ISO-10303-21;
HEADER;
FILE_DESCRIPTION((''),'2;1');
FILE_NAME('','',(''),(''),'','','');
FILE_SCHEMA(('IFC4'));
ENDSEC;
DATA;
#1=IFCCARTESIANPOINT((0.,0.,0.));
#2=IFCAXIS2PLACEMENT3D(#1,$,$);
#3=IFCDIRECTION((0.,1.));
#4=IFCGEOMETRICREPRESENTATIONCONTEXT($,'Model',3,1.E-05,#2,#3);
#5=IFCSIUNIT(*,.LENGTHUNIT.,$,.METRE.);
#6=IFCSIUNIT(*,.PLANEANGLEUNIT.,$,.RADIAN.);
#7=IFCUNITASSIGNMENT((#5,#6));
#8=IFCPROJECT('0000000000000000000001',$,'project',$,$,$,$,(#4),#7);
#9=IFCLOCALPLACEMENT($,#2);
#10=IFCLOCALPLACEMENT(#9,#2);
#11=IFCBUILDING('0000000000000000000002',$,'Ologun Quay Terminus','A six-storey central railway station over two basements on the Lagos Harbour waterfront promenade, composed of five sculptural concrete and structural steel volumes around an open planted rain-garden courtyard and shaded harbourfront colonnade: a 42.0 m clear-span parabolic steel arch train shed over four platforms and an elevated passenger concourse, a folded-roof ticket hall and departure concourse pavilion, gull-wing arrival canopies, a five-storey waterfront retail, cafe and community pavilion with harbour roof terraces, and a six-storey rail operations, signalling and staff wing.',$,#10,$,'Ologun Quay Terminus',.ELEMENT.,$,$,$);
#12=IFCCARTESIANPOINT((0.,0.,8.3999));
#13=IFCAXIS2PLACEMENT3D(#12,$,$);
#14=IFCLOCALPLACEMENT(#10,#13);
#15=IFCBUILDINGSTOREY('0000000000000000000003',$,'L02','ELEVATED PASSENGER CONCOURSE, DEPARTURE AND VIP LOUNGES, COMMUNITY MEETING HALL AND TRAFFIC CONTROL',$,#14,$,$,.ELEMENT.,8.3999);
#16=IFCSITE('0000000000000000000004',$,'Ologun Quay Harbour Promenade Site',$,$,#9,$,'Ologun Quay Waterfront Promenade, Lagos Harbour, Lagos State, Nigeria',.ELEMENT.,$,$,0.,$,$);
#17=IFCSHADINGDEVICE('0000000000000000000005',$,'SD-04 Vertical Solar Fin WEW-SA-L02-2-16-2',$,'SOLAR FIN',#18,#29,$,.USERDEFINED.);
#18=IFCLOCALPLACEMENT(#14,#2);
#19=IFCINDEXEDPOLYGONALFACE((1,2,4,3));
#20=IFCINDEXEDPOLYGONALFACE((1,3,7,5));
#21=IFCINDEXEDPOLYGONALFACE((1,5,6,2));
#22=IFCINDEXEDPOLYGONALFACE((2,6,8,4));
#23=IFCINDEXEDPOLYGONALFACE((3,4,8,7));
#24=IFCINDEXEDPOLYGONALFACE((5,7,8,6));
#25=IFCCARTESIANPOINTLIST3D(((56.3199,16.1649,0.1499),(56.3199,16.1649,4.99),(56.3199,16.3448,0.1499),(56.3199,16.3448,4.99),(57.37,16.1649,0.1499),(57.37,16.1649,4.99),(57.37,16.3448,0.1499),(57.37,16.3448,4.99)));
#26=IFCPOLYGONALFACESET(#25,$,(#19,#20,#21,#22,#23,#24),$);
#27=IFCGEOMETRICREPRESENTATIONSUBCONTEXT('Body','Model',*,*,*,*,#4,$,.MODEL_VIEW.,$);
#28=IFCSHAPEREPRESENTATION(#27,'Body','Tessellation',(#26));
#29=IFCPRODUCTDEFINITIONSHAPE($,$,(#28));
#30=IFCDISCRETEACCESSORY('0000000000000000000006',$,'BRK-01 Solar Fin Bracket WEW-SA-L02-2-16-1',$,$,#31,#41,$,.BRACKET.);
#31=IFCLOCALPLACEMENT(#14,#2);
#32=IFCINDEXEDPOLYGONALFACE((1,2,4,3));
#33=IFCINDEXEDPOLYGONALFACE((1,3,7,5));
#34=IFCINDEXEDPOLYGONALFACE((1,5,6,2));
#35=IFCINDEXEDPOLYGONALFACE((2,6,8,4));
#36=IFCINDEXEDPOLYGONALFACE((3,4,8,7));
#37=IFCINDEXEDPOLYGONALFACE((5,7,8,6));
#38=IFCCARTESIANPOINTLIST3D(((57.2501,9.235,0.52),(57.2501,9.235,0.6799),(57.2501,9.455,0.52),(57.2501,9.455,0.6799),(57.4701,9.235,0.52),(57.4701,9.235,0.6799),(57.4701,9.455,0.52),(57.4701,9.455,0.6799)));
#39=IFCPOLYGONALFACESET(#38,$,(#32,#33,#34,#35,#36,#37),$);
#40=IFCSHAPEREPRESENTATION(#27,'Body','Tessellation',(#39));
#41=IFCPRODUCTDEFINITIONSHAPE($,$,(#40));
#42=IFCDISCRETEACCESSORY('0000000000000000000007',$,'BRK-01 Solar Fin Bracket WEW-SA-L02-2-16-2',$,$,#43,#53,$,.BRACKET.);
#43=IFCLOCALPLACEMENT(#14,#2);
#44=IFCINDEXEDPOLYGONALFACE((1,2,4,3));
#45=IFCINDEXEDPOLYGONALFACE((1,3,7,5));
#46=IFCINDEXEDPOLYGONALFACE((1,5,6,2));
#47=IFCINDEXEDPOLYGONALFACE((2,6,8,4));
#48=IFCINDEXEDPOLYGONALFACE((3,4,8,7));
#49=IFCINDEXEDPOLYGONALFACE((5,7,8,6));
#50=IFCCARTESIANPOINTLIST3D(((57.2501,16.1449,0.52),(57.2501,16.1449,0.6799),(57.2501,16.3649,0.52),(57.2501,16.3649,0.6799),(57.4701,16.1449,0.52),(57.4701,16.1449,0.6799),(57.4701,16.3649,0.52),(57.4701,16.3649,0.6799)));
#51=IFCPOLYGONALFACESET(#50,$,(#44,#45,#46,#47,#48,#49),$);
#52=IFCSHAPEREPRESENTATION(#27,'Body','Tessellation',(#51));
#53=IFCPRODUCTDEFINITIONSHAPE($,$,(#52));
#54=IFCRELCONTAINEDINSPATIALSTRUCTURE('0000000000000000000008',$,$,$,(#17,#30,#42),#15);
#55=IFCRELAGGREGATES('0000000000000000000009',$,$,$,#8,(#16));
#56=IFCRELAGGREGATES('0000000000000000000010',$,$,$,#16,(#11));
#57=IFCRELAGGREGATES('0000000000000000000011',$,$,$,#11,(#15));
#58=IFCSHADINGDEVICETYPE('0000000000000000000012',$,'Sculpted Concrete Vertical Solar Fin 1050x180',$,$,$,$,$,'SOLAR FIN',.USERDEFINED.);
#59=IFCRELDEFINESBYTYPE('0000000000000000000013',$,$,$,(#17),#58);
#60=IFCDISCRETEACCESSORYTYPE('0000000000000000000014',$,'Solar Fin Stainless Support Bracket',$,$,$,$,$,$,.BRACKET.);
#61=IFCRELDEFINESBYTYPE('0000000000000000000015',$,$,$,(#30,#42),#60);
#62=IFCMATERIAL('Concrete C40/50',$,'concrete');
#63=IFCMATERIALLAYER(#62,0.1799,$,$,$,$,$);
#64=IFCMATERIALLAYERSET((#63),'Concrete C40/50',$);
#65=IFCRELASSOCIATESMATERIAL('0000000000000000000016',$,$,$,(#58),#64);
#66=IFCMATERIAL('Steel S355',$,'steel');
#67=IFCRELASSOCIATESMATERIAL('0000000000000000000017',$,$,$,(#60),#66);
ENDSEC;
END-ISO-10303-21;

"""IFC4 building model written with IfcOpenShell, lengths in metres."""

from ifc_helpers import new_model, si_unit, direction, frame, origin, origin_2d, place, context, subcontext, project, spatial, rectangle, extrude, material, layer, layer_set, type_object, element, save


model = new_model("IFC4")

# Units and contexts
model_context = context("Model", 3, precision=1e-05, world=origin(), true_north=direction((0.0, 1.0)))
body_context = subcontext(model_context, "Body", "Model", "MODEL_VIEW")
ifc_project = project(units=[si_unit("LENGTHUNIT", "METRE"), si_unit("PLANEANGLEUNIT", "RADIAN")], contexts=[model_context])

# Site, building, storey
site_placement = place(None, origin())
site = spatial("IfcSite", under=ifc_project, at=site_placement, Name="Ologun Quay Harbour Promenade Site", LongName="Ologun Quay Waterfront Promenade, Lagos Harbour, Lagos State, Nigeria", CompositionType="ELEMENT", RefElevation=0.0)
building_placement = place(site_placement, origin())
building = spatial("IfcBuilding", under=site, at=building_placement, Name="Ologun Quay Terminus", Description="A six-storey central railway station over two basements on the Lagos Harbour waterfront promenade, composed of five sculptural concrete and structural steel volumes around an open planted rain-garden courtyard and shaded harbourfront colonnade: a 42.0 m clear-span parabolic steel arch train shed over four platforms and an elevated passenger concourse, a folded-roof ticket hall and departure concourse pavilion, gull-wing arrival canopies, a five-storey waterfront retail, cafe and community pavilion with harbour roof terraces, and a six-storey rail operations, signalling and staff wing.", LongName="Ologun Quay Terminus", CompositionType="ELEMENT")
storey_placement = place(building_placement, frame((0.0, 0.0, 8.3999)))
storey = spatial("IfcBuildingStorey", under=building, at=storey_placement, Name="L02", Description="ELEVATED PASSENGER CONCOURSE, DEPARTURE AND VIP LOUNGES, COMMUNITY MEETING HALL AND TRAFFIC CONTROL", CompositionType="ELEMENT", Elevation=8.3999)

# Shading device
ifc_material_1 = material(Name="Concrete C40/50", Category="concrete")
ifc_layer_1 = layer(ifc_material_1, 0.1799)
ifc_layer_set_1 = layer_set([ifc_layer_1], Name="Concrete C40/50")
shading_device_type = type_object("IfcShadingDeviceType", Name="Sculpted Concrete Vertical Solar Fin 1050x180", ElementType="SOLAR FIN", PredefinedType="USERDEFINED", material=ifc_layer_set_1)
for number, where, z_axis, x_axis, name in (
    (1, (56.845, 16.2549, 0.1499), (0.0, 0.0, 1.0), (1.0, 0.0, 0.0), "SD-04 Vertical Solar Fin WEW-SA-L02-2-16-2"),
):
    element("IfcShadingDevice", number, at=place(storey_placement, frame(where, z_axis=z_axis, x_axis=x_axis)), inside=storey, type_object=shading_device_type, Name=name, ObjectType="SOLAR FIN", PredefinedType="USERDEFINED", context=body_context, shape_type="SweptSolid", body=[
        extrude(rectangle(XDim=1.05, YDim=0.1799, at=origin_2d()), origin(), (0.0, 0.0, 1.0), 4.8401),
    ])

# Discrete accessories
ifc_material_2 = material(Name="Steel S355", Category="steel")
discrete_accessory_type = type_object("IfcDiscreteAccessoryType", Name="Solar Fin Stainless Support Bracket", PredefinedType="BRACKET", material=ifc_material_2)
for number, where, z_axis, x_axis, name in (
    (2, (57.3601, 9.345, 0.52), (0.0, 0.0, 1.0), (1.0, 0.0, 0.0), "BRK-01 Solar Fin Bracket WEW-SA-L02-2-16-1"),
    (3, (57.3601, 16.2549, 0.52), (0.0, 0.0, 1.0), (1.0, 0.0, 0.0), "BRK-01 Solar Fin Bracket WEW-SA-L02-2-16-2"),
):
    element("IfcDiscreteAccessory", number, at=place(storey_placement, frame(where, z_axis=z_axis, x_axis=x_axis)), inside=storey, type_object=discrete_accessory_type, Name=name, PredefinedType="BRACKET", context=body_context, shape_type="SweptSolid", body=[
        extrude(rectangle(XDim=0.22, YDim=0.22, at=origin_2d()), origin(), (0.0, 0.0, 1.0), 0.1599),
    ])

save(model, "model.ifc")
